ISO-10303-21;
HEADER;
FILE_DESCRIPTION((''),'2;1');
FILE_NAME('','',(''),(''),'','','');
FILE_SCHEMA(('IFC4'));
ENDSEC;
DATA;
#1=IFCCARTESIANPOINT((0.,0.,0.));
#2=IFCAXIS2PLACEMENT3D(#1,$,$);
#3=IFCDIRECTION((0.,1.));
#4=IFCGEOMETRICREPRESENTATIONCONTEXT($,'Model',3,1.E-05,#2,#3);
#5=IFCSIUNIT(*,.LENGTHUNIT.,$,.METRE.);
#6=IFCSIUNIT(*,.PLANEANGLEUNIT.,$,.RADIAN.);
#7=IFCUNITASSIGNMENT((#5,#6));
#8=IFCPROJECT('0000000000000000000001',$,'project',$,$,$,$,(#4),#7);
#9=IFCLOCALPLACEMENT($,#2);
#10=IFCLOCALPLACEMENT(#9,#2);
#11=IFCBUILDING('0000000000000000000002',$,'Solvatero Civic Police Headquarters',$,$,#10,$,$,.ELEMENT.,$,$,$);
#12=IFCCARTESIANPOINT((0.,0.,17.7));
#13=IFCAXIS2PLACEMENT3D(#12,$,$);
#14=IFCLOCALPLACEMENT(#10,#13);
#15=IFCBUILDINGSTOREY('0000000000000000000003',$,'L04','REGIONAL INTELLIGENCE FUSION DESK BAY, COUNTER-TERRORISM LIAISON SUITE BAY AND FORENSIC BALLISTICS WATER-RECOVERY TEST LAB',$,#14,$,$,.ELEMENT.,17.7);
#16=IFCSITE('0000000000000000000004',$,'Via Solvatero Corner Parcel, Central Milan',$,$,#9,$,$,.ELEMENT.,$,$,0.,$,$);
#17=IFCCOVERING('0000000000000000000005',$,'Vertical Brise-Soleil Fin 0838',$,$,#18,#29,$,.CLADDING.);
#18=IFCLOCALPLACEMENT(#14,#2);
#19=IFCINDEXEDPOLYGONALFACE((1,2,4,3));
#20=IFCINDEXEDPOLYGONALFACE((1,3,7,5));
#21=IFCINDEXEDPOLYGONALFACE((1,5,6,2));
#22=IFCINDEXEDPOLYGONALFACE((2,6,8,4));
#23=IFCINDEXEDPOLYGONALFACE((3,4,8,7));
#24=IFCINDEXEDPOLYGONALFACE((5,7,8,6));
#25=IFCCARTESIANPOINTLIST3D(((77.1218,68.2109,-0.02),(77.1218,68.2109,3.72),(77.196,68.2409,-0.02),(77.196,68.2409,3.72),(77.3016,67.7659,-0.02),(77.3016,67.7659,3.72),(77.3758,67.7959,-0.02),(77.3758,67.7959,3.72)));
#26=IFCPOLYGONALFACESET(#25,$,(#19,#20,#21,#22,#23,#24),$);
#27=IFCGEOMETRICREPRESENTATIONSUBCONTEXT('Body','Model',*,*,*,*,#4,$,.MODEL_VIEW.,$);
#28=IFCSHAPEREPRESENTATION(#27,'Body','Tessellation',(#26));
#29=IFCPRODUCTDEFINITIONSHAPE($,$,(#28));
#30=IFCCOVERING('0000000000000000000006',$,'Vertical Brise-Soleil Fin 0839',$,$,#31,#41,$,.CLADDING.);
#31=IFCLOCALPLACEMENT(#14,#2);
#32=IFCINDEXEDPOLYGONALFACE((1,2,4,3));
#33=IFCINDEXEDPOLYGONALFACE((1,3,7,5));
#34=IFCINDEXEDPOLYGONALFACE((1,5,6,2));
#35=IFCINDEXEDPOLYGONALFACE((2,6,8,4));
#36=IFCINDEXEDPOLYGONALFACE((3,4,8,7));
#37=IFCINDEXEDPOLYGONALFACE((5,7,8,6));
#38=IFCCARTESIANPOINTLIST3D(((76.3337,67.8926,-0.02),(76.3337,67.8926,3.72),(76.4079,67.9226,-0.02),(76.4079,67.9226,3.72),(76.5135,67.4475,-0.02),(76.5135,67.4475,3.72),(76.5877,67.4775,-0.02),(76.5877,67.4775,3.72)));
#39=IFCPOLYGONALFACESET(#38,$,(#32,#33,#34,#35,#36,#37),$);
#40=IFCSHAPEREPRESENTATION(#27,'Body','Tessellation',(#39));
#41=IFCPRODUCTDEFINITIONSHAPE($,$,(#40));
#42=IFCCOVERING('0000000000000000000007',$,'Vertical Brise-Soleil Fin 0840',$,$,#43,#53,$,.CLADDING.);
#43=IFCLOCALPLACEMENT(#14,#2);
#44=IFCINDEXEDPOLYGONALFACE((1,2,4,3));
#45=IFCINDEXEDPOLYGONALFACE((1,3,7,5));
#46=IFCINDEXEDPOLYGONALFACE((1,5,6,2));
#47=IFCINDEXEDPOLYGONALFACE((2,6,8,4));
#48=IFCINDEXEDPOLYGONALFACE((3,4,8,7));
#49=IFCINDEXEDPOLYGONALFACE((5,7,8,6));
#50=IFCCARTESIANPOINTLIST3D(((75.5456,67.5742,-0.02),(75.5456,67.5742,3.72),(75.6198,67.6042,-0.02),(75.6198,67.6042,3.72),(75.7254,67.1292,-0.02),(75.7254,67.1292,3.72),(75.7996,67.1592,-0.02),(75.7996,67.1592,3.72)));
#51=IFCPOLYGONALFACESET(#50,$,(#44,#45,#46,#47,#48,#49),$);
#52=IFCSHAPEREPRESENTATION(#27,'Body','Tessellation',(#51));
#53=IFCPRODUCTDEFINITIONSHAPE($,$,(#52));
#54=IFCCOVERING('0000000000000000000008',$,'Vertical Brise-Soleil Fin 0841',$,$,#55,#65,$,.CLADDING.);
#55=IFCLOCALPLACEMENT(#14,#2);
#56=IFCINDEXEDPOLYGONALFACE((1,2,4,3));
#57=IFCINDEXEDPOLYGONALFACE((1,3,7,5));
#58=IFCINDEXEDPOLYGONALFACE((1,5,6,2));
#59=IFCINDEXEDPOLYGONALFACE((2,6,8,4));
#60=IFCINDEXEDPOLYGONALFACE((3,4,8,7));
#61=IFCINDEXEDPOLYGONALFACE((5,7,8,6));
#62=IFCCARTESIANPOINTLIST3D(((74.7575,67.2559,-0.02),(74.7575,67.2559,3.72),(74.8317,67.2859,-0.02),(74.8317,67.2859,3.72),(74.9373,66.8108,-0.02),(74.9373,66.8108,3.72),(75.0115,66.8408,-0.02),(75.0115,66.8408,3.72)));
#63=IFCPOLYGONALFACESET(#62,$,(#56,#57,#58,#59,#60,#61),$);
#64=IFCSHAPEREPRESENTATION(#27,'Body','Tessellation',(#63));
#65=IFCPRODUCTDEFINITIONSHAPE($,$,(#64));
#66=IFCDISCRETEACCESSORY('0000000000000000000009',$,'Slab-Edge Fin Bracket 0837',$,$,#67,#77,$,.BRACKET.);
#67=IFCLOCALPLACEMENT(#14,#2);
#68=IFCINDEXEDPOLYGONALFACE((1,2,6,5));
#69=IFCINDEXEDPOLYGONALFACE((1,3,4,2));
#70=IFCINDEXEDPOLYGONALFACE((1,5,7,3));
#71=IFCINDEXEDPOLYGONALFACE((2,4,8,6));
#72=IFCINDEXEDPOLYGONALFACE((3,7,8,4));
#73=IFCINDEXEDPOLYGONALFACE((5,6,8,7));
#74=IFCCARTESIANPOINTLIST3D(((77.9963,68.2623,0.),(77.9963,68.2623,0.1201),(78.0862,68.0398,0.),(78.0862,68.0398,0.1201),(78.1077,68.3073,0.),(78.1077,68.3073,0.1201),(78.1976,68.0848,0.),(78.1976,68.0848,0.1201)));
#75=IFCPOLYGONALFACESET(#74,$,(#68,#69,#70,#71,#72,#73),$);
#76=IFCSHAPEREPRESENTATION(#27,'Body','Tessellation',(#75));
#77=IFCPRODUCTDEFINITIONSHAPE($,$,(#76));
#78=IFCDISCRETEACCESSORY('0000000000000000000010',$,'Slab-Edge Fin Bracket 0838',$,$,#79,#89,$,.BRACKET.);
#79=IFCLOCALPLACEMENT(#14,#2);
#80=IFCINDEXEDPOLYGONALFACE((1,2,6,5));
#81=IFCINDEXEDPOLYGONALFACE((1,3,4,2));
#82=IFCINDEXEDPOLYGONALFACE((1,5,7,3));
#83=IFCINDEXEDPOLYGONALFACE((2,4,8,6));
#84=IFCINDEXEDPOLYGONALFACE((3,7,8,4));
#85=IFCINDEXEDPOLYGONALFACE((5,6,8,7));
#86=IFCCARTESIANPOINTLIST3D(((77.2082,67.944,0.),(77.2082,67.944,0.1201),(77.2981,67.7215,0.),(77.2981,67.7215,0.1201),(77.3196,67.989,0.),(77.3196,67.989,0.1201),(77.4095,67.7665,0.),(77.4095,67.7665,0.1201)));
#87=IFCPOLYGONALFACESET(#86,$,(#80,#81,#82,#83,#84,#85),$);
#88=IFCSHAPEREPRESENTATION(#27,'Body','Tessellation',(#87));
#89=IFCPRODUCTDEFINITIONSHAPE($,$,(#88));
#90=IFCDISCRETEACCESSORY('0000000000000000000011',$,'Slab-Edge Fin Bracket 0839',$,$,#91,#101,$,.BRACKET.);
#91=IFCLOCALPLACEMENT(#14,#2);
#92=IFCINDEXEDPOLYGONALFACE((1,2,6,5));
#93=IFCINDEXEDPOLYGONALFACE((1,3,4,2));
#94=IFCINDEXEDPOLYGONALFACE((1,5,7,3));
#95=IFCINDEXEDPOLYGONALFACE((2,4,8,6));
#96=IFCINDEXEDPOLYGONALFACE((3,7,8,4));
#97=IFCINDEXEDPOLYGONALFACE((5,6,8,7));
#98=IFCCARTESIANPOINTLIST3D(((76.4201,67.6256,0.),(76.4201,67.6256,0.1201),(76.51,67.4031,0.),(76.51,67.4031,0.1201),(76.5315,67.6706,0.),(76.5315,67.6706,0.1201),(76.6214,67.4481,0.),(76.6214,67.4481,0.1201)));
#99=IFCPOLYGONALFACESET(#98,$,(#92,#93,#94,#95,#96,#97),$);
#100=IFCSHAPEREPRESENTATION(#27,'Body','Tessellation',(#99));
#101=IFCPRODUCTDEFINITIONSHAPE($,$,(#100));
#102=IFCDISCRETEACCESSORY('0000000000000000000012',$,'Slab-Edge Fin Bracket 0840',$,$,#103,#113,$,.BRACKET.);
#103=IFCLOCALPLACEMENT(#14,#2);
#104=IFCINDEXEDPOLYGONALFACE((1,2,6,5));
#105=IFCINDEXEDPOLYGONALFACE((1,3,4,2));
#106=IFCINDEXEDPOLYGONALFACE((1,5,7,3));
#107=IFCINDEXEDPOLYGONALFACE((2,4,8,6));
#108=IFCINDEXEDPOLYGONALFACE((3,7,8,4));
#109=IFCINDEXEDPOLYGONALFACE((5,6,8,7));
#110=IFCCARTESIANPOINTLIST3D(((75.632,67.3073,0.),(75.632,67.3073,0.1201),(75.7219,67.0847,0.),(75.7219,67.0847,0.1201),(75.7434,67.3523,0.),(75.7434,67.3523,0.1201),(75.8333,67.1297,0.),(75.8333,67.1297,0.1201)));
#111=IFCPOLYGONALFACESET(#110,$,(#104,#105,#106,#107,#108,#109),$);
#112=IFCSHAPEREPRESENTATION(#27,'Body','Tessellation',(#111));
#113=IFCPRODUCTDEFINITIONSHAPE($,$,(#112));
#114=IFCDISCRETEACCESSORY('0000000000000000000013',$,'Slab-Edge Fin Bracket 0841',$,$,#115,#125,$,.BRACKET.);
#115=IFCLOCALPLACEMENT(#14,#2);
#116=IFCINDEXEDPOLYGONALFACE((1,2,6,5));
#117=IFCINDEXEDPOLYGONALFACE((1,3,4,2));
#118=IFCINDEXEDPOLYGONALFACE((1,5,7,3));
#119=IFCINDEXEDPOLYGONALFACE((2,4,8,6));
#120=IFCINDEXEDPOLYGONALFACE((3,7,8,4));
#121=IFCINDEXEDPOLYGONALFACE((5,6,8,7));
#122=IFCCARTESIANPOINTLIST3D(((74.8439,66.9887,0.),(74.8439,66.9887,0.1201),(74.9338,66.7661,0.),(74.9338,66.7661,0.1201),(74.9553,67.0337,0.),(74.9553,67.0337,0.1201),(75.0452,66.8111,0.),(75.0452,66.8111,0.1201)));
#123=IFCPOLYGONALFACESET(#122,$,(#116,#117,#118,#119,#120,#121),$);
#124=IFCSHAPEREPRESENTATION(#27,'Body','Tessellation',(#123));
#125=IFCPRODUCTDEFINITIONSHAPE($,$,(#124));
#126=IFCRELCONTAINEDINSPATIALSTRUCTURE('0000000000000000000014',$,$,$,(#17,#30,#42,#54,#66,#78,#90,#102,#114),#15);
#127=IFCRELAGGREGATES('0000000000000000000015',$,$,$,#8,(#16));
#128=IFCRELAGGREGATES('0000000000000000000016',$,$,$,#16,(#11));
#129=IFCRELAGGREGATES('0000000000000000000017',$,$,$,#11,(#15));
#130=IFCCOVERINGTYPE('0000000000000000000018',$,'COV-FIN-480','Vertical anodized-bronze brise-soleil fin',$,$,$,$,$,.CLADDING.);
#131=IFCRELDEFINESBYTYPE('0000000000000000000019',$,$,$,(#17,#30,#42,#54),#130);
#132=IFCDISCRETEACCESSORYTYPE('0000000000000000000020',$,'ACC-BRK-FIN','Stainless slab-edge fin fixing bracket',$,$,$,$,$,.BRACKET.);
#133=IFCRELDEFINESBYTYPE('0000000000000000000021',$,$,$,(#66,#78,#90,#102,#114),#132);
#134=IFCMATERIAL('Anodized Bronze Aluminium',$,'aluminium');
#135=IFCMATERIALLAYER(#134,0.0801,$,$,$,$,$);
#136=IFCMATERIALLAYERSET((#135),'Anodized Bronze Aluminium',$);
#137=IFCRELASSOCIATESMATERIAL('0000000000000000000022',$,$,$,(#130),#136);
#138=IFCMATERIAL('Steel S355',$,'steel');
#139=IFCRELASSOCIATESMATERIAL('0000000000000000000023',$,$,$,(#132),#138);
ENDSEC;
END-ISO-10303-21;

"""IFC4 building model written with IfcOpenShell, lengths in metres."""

from ifc_helpers import new_model, si_unit, direction, frame, origin, origin_2d, place, context, subcontext, project, spatial, rectangle, extrude, material, layer, layer_set, type_object, element, save


model = new_model("IFC4")

# Units and contexts
model_context = context("Model", 3, precision=1e-05, world=origin(), true_north=direction((0.0, 1.0)))
body_context = subcontext(model_context, "Body", "Model", "MODEL_VIEW")
ifc_project = project(units=[si_unit("LENGTHUNIT", "METRE"), si_unit("PLANEANGLEUNIT", "RADIAN")], contexts=[model_context])

# Site, building, storey
site_placement = place(None, origin())
site = spatial("IfcSite", under=ifc_project, at=site_placement, Name="Via Solvatero Corner Parcel, Central Milan", CompositionType="ELEMENT", RefElevation=0.0)
building_placement = place(site_placement, origin())
building = spatial("IfcBuilding", under=site, at=building_placement, Name="Solvatero Civic Police Headquarters", CompositionType="ELEMENT")
storey_placement = place(building_placement, frame((0.0, 0.0, 17.7)))
storey = spatial("IfcBuildingStorey", under=building, at=storey_placement, Name="L04", Description="REGIONAL INTELLIGENCE FUSION DESK BAY, COUNTER-TERRORISM LIAISON SUITE BAY AND FORENSIC BALLISTICS WATER-RECOVERY TEST LAB", CompositionType="ELEMENT", Elevation=17.7)

# Shared definitions
ifc_material_1 = material(Name="Steel S355", Category="steel")

# Shared definitions
ifc_material_2 = material(Name="Anodized Bronze Aluminium", Category="aluminium")

# Coverings
ifc_layer_1 = layer(ifc_material_2, 0.0801)
ifc_layer_set_1 = layer_set([ifc_layer_1], Name="Anodized Bronze Aluminium")
covering_type = type_object("IfcCoveringType", Name="COV-FIN-480", Description="Vertical anodized-bronze brise-soleil fin", PredefinedType="CLADDING", material=ifc_layer_set_1)
for number, where, z_axis, x_axis, name in (
    (1, (77.2488, 68.0034, -0.02), (0.0, 0.0, 1.0), (-0.927184, -0.374607, 0.0), "Vertical Brise-Soleil Fin 0838"),
    (2, (76.4607, 67.6851, -0.02), (0.0, 0.0, 1.0), (-0.927184, -0.374607, 0.0), "Vertical Brise-Soleil Fin 0839"),
    (3, (75.6726, 67.3667, -0.02), (0.0, 0.0, 1.0), (-0.927184, -0.374607, 0.0), "Vertical Brise-Soleil Fin 0840"),
    (4, (74.8845, 67.0483, -0.02), (0.0, 0.0, 1.0), (-0.927184, -0.374607, 0.0), "Vertical Brise-Soleil Fin 0841"),
):
    element("IfcCovering", number, at=place(storey_placement, frame(where, z_axis=z_axis, x_axis=x_axis)), inside=storey, type_object=covering_type, Name=name, PredefinedType="CLADDING", context=body_context, shape_type="SweptSolid", body=[
        extrude(rectangle(XDim=0.0801, YDim=0.48, at=origin_2d()), origin(), (0.0, 0.0, 1.0), 3.74),
    ])

# Discrete accessories
discrete_accessory_type = type_object("IfcDiscreteAccessoryType", Name="ACC-BRK-FIN", Description="Stainless slab-edge fin fixing bracket", PredefinedType="BRACKET", material=ifc_material_1)
for number, where, z_axis, x_axis, name in (
    (5, (78.0969, 68.1736, 0.0), (0.0, 0.0, 1.0), (-0.927184, -0.374607, 0.0), "Slab-Edge Fin Bracket 0837"),
    (6, (77.3088, 67.8552, 0.0), (0.0, 0.0, 1.0), (-0.927184, -0.374607, 0.0), "Slab-Edge Fin Bracket 0838"),
    (7, (76.5208, 67.5369, 0.0), (0.0, 0.0, 1.0), (-0.927184, -0.374607, 0.0), "Slab-Edge Fin Bracket 0839"),
    (8, (75.7327, 67.2185, 0.0), (0.0, 0.0, 1.0), (-0.927184, -0.374607, 0.0), "Slab-Edge Fin Bracket 0840"),
    (9, (74.9446, 66.8999, 0.0), (0.0, 0.0, 1.0), (-0.927184, -0.374607, 0.0), "Slab-Edge Fin Bracket 0841"),
):
    element("IfcDiscreteAccessory", number, at=place(storey_placement, frame(where, z_axis=z_axis, x_axis=x_axis)), inside=storey, type_object=discrete_accessory_type, Name=name, PredefinedType="BRACKET", context=body_context, shape_type="SweptSolid", body=[
        extrude(rectangle(XDim=0.1201, YDim=0.24, at=origin_2d()), origin(), (0.0, 0.0, 1.0), 0.1201),
    ])

save(model, "model.ifc")
